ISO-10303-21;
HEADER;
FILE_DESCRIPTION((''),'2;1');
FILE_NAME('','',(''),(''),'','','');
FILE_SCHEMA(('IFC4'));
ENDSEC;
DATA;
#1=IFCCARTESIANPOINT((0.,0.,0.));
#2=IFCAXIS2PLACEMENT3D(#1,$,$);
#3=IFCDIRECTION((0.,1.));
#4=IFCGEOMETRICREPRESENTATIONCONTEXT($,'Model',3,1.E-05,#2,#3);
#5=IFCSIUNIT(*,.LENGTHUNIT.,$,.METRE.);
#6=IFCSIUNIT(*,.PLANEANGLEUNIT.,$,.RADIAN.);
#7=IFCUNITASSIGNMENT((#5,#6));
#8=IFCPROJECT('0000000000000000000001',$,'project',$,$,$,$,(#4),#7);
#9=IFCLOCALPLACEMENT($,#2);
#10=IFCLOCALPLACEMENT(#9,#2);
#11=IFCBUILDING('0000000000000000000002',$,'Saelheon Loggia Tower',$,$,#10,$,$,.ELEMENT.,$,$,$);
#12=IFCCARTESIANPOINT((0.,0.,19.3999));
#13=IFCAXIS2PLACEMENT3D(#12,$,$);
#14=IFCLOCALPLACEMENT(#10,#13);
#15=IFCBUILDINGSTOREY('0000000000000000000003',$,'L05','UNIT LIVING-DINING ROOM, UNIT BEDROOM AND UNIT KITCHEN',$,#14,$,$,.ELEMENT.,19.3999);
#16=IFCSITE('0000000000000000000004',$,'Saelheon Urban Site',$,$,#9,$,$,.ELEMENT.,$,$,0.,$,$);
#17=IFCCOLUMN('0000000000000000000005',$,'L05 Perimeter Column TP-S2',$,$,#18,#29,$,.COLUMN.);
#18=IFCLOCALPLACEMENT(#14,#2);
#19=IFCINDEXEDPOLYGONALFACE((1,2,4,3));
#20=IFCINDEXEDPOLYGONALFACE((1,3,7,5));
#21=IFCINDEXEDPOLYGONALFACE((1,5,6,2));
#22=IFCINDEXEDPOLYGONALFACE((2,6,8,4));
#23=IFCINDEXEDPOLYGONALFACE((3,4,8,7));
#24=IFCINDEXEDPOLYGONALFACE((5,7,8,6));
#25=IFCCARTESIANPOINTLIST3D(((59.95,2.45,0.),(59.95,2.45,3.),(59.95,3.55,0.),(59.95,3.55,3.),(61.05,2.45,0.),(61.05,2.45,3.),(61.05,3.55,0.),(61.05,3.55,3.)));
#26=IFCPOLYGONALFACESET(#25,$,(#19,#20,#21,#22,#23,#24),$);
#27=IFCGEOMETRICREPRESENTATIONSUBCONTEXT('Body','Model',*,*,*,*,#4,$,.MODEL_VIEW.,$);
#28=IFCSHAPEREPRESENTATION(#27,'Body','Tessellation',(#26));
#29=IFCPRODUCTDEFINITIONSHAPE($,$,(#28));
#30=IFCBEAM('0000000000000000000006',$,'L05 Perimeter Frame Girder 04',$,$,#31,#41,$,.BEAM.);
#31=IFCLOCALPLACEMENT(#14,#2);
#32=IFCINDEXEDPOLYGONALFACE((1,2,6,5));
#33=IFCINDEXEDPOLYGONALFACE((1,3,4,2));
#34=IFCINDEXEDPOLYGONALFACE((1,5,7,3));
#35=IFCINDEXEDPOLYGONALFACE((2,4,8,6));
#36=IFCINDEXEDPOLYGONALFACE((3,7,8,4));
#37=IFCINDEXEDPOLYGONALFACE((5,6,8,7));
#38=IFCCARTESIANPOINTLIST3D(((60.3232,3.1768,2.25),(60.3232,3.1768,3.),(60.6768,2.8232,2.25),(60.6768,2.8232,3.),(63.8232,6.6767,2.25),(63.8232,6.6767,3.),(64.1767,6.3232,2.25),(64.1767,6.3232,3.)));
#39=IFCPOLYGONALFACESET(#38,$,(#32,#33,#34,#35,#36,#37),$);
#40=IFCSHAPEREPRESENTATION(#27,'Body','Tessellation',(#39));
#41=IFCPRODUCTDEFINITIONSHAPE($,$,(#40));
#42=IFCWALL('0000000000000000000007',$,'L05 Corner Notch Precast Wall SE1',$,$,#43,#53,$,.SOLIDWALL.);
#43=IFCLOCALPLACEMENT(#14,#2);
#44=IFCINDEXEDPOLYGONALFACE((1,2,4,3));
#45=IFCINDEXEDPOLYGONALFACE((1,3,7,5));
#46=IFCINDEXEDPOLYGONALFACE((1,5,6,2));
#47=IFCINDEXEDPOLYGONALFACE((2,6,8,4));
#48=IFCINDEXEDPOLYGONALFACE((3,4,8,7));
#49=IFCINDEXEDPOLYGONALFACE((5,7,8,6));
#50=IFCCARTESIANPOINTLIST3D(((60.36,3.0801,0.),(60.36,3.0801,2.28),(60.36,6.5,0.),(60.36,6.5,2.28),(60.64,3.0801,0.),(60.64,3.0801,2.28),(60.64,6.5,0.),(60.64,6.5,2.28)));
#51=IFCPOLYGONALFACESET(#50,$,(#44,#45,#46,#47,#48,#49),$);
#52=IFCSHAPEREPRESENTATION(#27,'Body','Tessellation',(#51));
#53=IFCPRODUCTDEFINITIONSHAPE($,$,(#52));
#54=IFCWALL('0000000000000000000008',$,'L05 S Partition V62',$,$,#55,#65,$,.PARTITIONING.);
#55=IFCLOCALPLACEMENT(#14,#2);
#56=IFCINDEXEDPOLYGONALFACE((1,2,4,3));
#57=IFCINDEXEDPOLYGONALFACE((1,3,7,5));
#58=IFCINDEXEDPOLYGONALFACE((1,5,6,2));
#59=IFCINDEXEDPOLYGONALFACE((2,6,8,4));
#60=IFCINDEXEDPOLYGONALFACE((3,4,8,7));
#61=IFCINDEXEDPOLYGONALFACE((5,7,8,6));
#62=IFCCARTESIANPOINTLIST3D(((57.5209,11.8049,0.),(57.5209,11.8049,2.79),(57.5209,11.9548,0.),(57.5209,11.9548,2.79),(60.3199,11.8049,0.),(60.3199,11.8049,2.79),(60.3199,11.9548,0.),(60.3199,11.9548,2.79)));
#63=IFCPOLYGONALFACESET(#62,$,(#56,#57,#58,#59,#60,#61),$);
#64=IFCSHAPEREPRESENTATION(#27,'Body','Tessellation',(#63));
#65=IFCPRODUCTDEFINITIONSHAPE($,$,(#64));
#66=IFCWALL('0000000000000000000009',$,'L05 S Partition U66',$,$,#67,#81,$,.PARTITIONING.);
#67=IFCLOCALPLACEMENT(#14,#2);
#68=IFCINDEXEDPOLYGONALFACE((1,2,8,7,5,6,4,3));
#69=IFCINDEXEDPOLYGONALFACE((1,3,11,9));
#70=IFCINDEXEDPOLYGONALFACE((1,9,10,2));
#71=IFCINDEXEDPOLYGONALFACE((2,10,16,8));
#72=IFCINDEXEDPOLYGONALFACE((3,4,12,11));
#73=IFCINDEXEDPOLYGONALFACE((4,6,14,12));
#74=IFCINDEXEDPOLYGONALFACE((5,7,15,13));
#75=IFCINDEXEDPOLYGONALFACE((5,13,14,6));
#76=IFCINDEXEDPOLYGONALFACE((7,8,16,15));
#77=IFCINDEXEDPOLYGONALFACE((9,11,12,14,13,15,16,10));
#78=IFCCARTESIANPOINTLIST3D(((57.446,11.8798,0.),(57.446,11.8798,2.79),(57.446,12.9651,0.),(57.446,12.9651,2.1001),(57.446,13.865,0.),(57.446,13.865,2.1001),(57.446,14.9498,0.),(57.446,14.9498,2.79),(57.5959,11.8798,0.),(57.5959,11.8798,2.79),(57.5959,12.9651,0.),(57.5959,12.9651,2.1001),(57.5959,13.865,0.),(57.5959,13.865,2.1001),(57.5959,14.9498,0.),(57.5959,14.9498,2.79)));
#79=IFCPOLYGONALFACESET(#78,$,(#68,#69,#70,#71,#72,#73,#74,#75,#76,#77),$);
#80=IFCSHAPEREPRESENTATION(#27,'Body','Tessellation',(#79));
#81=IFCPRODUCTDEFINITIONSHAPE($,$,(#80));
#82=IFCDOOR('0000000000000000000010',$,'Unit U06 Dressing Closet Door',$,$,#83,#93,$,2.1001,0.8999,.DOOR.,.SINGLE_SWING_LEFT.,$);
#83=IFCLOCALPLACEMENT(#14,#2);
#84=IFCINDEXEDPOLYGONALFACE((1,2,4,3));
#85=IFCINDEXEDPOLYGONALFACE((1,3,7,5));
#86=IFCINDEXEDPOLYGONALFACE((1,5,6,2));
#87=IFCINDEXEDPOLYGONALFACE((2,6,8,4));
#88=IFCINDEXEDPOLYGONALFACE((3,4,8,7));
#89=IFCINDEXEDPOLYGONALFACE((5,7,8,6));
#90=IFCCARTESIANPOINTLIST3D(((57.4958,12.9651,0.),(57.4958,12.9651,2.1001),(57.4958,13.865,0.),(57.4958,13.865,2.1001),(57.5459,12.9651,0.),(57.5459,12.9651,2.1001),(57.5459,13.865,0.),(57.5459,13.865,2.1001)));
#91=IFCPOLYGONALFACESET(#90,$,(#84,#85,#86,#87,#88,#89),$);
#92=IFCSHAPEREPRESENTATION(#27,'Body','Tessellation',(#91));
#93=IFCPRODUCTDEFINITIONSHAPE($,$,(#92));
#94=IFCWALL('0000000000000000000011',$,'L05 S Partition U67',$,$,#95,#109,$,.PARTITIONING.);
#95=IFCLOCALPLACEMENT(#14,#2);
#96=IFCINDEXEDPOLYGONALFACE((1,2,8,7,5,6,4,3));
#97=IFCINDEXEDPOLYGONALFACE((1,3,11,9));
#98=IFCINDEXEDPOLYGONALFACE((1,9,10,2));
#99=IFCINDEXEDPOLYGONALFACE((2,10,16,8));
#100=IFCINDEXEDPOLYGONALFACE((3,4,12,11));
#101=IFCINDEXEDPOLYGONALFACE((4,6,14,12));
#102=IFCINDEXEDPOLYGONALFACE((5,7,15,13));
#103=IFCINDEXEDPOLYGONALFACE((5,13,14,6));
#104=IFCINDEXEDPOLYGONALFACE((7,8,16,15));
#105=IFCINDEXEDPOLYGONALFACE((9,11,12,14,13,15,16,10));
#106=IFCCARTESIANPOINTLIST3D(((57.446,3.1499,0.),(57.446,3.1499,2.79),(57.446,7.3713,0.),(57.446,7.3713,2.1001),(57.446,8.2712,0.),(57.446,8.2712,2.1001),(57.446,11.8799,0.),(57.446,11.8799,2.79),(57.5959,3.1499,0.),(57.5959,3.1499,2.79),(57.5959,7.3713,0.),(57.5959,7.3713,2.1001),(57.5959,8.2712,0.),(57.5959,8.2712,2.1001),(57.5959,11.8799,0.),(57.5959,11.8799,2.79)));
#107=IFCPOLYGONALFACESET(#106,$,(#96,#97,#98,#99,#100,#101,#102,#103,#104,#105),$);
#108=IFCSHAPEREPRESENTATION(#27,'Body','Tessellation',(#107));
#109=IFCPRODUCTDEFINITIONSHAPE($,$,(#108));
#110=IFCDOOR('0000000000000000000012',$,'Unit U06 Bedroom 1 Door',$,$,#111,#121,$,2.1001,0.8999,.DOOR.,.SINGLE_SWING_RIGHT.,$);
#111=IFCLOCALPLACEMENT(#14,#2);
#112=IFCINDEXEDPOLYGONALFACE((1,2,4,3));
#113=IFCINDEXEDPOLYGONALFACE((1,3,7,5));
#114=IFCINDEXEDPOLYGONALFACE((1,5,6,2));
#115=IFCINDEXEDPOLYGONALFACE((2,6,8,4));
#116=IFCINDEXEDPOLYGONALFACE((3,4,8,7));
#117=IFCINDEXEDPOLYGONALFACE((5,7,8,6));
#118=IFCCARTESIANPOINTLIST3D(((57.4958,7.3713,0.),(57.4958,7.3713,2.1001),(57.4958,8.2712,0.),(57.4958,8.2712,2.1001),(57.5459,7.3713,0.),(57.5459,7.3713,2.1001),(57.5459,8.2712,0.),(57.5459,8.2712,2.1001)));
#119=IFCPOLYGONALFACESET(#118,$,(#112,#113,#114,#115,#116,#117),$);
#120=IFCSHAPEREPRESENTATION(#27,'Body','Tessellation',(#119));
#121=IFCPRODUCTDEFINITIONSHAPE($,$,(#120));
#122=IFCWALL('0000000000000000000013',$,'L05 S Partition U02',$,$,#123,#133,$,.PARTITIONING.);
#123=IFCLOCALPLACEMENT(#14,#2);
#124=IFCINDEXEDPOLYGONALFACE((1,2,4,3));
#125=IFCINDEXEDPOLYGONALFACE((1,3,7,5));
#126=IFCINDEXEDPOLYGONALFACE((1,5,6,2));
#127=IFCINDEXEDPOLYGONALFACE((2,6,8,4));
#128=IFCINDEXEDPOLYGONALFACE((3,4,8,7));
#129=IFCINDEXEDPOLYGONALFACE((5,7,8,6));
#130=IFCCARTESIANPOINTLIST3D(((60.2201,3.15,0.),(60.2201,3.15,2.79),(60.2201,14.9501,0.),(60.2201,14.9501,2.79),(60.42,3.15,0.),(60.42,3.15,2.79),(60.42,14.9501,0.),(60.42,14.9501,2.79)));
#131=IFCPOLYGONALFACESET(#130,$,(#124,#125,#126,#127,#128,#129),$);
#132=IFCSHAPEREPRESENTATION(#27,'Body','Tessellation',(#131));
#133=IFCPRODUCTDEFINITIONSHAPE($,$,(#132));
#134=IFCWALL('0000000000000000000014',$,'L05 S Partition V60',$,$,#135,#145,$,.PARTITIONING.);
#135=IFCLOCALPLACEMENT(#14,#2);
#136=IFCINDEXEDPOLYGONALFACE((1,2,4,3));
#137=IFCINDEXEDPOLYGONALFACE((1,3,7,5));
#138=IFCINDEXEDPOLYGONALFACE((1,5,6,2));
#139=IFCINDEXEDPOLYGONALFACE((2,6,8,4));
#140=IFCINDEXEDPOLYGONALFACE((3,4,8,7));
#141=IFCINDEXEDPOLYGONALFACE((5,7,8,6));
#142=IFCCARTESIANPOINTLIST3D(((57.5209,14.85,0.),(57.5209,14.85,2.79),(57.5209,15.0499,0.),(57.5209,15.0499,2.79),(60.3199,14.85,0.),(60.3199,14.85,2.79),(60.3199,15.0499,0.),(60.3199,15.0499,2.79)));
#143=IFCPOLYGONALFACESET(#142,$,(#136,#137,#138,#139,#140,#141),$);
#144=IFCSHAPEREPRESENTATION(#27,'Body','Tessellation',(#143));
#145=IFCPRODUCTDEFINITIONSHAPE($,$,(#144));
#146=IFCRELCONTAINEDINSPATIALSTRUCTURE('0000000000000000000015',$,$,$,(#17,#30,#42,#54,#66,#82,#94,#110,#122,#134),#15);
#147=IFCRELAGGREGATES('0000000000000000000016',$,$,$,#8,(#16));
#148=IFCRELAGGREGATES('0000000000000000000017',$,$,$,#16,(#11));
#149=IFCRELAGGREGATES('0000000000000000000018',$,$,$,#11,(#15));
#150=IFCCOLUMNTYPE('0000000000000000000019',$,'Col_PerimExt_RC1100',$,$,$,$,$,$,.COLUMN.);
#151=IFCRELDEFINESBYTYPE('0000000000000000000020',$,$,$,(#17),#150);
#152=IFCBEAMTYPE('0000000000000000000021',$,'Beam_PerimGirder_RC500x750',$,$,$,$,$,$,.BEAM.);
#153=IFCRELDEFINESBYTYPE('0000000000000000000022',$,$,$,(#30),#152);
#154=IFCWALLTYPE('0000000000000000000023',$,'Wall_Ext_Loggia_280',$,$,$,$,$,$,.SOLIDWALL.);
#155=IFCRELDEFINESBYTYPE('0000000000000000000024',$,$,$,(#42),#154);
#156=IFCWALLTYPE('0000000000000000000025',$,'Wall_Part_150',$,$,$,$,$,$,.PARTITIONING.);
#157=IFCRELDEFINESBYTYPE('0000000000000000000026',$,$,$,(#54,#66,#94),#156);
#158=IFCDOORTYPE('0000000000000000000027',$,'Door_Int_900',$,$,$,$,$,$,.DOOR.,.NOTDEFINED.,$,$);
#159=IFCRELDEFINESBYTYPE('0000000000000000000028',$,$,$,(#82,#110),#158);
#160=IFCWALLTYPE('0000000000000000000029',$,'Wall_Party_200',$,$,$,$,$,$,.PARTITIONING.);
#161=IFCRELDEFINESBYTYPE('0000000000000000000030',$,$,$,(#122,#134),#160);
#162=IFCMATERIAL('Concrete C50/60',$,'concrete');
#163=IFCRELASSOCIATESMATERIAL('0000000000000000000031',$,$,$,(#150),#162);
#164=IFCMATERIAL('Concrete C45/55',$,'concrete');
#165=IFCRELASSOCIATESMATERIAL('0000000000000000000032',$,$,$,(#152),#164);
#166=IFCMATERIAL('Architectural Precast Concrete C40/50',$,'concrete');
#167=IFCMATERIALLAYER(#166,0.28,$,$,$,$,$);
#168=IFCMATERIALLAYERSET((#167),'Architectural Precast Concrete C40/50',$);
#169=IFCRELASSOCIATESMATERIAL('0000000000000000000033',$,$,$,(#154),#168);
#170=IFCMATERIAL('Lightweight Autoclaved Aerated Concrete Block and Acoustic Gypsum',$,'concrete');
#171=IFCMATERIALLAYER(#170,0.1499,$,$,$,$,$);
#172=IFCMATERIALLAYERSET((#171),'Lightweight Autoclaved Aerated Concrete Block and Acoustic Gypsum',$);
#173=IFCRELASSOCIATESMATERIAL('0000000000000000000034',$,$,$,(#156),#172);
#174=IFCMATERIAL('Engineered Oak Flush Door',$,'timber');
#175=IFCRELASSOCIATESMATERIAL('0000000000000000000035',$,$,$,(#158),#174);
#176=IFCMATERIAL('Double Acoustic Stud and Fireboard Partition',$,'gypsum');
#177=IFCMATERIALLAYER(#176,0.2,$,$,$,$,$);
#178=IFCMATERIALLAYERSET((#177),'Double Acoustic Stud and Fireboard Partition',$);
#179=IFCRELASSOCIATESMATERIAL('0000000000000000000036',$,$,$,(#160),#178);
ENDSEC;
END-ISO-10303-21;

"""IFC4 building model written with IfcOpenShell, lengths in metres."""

from ifc_helpers import new_model, si_unit, direction, frame, frame_2d, origin, origin_2d, place, context, subcontext, project, spatial, rectangle, extrude, source, transform, mapped, material, layer, layer_set, material_profile, profile_set, type_object, element, fill, save


model = new_model("IFC4")

# Units and contexts
model_context = context("Model", 3, precision=1e-05, world=origin(), true_north=direction((0.0, 1.0)))
body_context = subcontext(model_context, "Body", "Model", "MODEL_VIEW")
ifc_project = project(units=[si_unit("LENGTHUNIT", "METRE"), si_unit("PLANEANGLEUNIT", "RADIAN")], contexts=[model_context])

# Site, building, storey
site_placement = place(None, origin())
site = spatial("IfcSite", under=ifc_project, at=site_placement, Name="Saelheon Urban Site", CompositionType="ELEMENT", RefElevation=0.0)
building_placement = place(site_placement, origin())
building = spatial("IfcBuilding", under=site, at=building_placement, Name="Saelheon Loggia Tower", CompositionType="ELEMENT")
storey_placement = place(building_placement, frame((0.0, 0.0, 19.3999)))
storey = spatial("IfcBuildingStorey", under=building, at=storey_placement, Name="L05", Description="UNIT LIVING-DINING ROOM, UNIT BEDROOM AND UNIT KITCHEN", CompositionType="ELEMENT", Elevation=19.3999)

# Column
ifc_material_1 = material(Name="Concrete C50/60", Category="concrete")
ifc_material_profile_1 = material_profile(ifc_material_1, rectangle(XDim=1.1001, YDim=1.1001, at=origin_2d()), Name="RC-1100x1100")
ifc_profile_set_1 = profile_set([ifc_material_profile_1], Name="Concrete C50/60")
column_type = type_object("IfcColumnType", Name="Col_PerimExt_RC1100", PredefinedType="COLUMN", material=ifc_profile_set_1)
shared_shape_1 = source(origin(), body_context, "Body", "SweptSolid", [
    extrude(rectangle(XDim=1.1001, YDim=1.1001, at=origin_2d()), origin(), (0.0, 0.0, 1.0), 3.0),
])
column_placement = place(storey_placement, frame((60.5, 3.0, 0.0), z_axis=(0.0, 0.0, 1.0), x_axis=(1.0, 0.0, 0.0)))
element("IfcColumn", 1, at=column_placement, inside=storey, type_object=column_type, Name="L05 Perimeter Column TP-S2", PredefinedType="COLUMN", context=body_context, shape_type="MappedRepresentation", body=[
    mapped(shared_shape_1, transform((0.0, 0.0, 0.0), scale=1.0)),
])

# Beam
ifc_material_2 = material(Name="Concrete C45/55", Category="concrete")
ifc_material_profile_2 = material_profile(ifc_material_2, rectangle(XDim=0.5, YDim=0.75, at=origin_2d()), Name="RC-500x750")
ifc_profile_set_2 = profile_set([ifc_material_profile_2], Name="Concrete C45/55")
beam_type = type_object("IfcBeamType", Name="Beam_PerimGirder_RC500x750", PredefinedType="BEAM", material=ifc_profile_set_2)
shared_shape_2 = source(origin(), body_context, "Body", "SweptSolid", [
    extrude(rectangle(XDim=0.5, YDim=0.75, at=origin_2d()), origin(), (0.0, 0.0, 1.0), 4.9497),
])
beam_placement = place(storey_placement, frame((60.5, 3.0, 2.625), z_axis=(0.707107, 0.707107, 0.0), x_axis=(-0.707107, 0.707107, 0.0)))
element("IfcBeam", 2, at=beam_placement, inside=storey, type_object=beam_type, Name="L05 Perimeter Frame Girder 04", PredefinedType="BEAM", context=body_context, shape_type="MappedRepresentation", body=[
    mapped(shared_shape_2, transform((0.0, 0.0, 0.0), scale=1.0)),
])

# Walls
ifc_material_3 = material(Name="Architectural Precast Concrete C40/50", Category="concrete")
ifc_layer_1 = layer(ifc_material_3, 0.28)
ifc_layer_set_1 = layer_set([ifc_layer_1], Name="Architectural Precast Concrete C40/50")
wall_type_1 = type_object("IfcWallType", Name="Wall_Ext_Loggia_280", PredefinedType="SOLIDWALL", material=ifc_layer_set_1)
wall_1_placement = place(storey_placement, frame((60.5, 3.0801, 0.0), z_axis=(0.0, 0.0, 1.0), x_axis=(0.0, 1.0, 0.0)))
element("IfcWall", 3, at=wall_1_placement, inside=storey, type_object=wall_type_1, Name="L05 Corner Notch Precast Wall SE1", PredefinedType="SOLIDWALL", context=body_context, shape_type="SweptSolid", body=[
    extrude(rectangle(XDim=3.4199, YDim=0.28, at=frame_2d((1.71, 0.0))), origin(), (0.0, 0.0, 1.0), 2.28),
])
ifc_material_4 = material(Name="Lightweight Autoclaved Aerated Concrete Block and Acoustic Gypsum", Category="concrete")
ifc_layer_2 = layer(ifc_material_4, 0.1499)
ifc_layer_set_2 = layer_set([ifc_layer_2], Name="Lightweight Autoclaved Aerated Concrete Block and Acoustic Gypsum")
wall_type_2 = type_object("IfcWallType", Name="Wall_Part_150", PredefinedType="PARTITIONING", material=ifc_layer_set_2)
wall_2_placement = place(storey_placement, frame((57.521, 11.8799, 0.0), z_axis=(0.0, 0.0, 1.0), x_axis=(1.0, 0.0, 0.0)))
element("IfcWall", 4, at=wall_2_placement, inside=storey, type_object=wall_type_2, Name="L05 S Partition V62", PredefinedType="PARTITIONING", context=body_context, shape_type="SweptSolid", body=[
    extrude(rectangle(XDim=2.7991, YDim=0.1499, at=frame_2d((1.3994, 0.0))), origin(), (0.0, 0.0, 1.0), 2.79),
])

# Walls, openings, doors
wall_3_placement = place(storey_placement, frame((57.521, 14.95, 0.0), z_axis=(0.0, 0.0, 1.0), x_axis=(0.0, -1.0, 0.0)))
wall_3 = element("IfcWall", 5, at=wall_3_placement, inside=storey, type_object=wall_type_2, Name="L05 S Partition U66", PredefinedType="PARTITIONING", context=body_context, shape_type="SweptSolid", body=[
    extrude(rectangle(XDim=3.0701, YDim=0.1499, at=frame_2d((1.5352, 0.0))), origin(), (0.0, 0.0, 1.0), 2.79),
])
opening_1_placement = place(wall_3_placement, frame((1.085, 0.0, 0.0)))
opening_1 = element("IfcOpeningElement", 6, at=opening_1_placement, cuts=wall_3, PredefinedType="OPENING", context=body_context, shape_type="SweptSolid", body=[
    extrude(rectangle(XDim=0.8999, YDim=2.1001, at=frame_2d((0.45, 1.05))), frame((0.0, 0.0869, 0.0), z_axis=(0.0, -1.0, 0.0), x_axis=(1.0, 0.0, 0.0)), (0.0, 0.0, 1.0), 0.1738),
])
ifc_material_5 = material(Name="Engineered Oak Flush Door", Category="timber")
door_type_1 = type_object("IfcDoorType", Name="Door_Int_900", OperationType="NOTDEFINED", PredefinedType="DOOR", material=ifc_material_5)
shared_shape_3 = source(origin(), body_context, "Body", "SweptSolid", [
    extrude(rectangle(XDim=0.8999, YDim=2.1001, at=frame_2d((0.45, 1.05))), frame((0.0, 0.0249, 0.0), z_axis=(0.0, -1.0, 0.0), x_axis=(1.0, 0.0, 0.0)), (0.0, 0.0, 1.0), 0.05),
])
door_1_placement = place(opening_1_placement, origin())
door_1 = element("IfcDoor", 7, at=door_1_placement, inside=storey, type_object=door_type_1, Name="Unit U06 Dressing Closet Door", OperationType="SINGLE_SWING_LEFT", OverallHeight=2.1001, OverallWidth=0.8999, PredefinedType="DOOR", context=body_context, shape_type="MappedRepresentation", body=[
    mapped(shared_shape_3, transform((0.0, 0.0, 0.0), scale=1.0)),
])
fill(opening_1, door_1)
wall_4_placement = place(storey_placement, frame((57.521, 11.8799, 0.0), z_axis=(0.0, 0.0, 1.0), x_axis=(0.0, -1.0, 0.0)))
wall_4 = element("IfcWall", 8, at=wall_4_placement, inside=storey, type_object=wall_type_2, Name="L05 S Partition U67", PredefinedType="PARTITIONING", context=body_context, shape_type="SweptSolid", body=[
    extrude(rectangle(XDim=8.73, YDim=0.1499, at=frame_2d((4.365, 0.0))), origin(), (0.0, 0.0, 1.0), 2.79),
])
opening_2_placement = place(wall_4_placement, frame((3.6086, 0.0, 0.0)))
opening_2 = element("IfcOpeningElement", 9, at=opening_2_placement, cuts=wall_4, PredefinedType="OPENING", context=body_context, shape_type="SweptSolid", body=[
    extrude(rectangle(XDim=0.8999, YDim=2.1001, at=frame_2d((0.45, 1.05))), frame((0.0, 0.0869, 0.0), z_axis=(0.0, -1.0, 0.0), x_axis=(1.0, 0.0, 0.0)), (0.0, 0.0, 1.0), 0.1738),
])
door_2_placement = place(opening_2_placement, origin())
door_2 = element("IfcDoor", 10, at=door_2_placement, inside=storey, type_object=door_type_1, Name="Unit U06 Bedroom 1 Door", OperationType="SINGLE_SWING_RIGHT", OverallHeight=2.1001, OverallWidth=0.8999, PredefinedType="DOOR", context=body_context, shape_type="MappedRepresentation", body=[
    mapped(shared_shape_3, transform((0.0, 0.0, 0.0), scale=1.0)),
])
fill(opening_2, door_2)

# Wall
ifc_material_6 = material(Name="Double Acoustic Stud and Fireboard Partition", Category="gypsum")
ifc_layer_3 = layer(ifc_material_6, 0.2)
ifc_layer_set_3 = layer_set([ifc_layer_3], Name="Double Acoustic Stud and Fireboard Partition")
wall_type_3 = type_object("IfcWallType", Name="Wall_Party_200", PredefinedType="PARTITIONING", material=ifc_layer_set_3)
wall_5_placement = place(storey_placement, frame((60.3201, 14.95, 0.0), z_axis=(0.0, 0.0, 1.0), x_axis=(0.0, -1.0, 0.0)))
element("IfcWall", 11, at=wall_5_placement, inside=storey, type_object=wall_type_3, Name="L05 S Partition U02", PredefinedType="PARTITIONING", context=body_context, shape_type="SweptSolid", body=[
    extrude(rectangle(XDim=11.8, YDim=0.2, at=frame_2d((5.8999, 0.0))), origin(), (0.0, 0.0, 1.0), 2.79),
])

# Wall
wall_6_placement = place(storey_placement, frame((57.521, 14.95, 0.0), z_axis=(0.0, 0.0, 1.0), x_axis=(1.0, 0.0, 0.0)))
element("IfcWall", 12, at=wall_6_placement, inside=storey, type_object=wall_type_3, Name="L05 S Partition V60", PredefinedType="PARTITIONING", context=body_context, shape_type="SweptSolid", body=[
    extrude(rectangle(XDim=2.7991, YDim=0.2, at=frame_2d((1.3994, 0.0))), origin(), (0.0, 0.0, 1.0), 2.79),
])

save(model, "model.ifc")
